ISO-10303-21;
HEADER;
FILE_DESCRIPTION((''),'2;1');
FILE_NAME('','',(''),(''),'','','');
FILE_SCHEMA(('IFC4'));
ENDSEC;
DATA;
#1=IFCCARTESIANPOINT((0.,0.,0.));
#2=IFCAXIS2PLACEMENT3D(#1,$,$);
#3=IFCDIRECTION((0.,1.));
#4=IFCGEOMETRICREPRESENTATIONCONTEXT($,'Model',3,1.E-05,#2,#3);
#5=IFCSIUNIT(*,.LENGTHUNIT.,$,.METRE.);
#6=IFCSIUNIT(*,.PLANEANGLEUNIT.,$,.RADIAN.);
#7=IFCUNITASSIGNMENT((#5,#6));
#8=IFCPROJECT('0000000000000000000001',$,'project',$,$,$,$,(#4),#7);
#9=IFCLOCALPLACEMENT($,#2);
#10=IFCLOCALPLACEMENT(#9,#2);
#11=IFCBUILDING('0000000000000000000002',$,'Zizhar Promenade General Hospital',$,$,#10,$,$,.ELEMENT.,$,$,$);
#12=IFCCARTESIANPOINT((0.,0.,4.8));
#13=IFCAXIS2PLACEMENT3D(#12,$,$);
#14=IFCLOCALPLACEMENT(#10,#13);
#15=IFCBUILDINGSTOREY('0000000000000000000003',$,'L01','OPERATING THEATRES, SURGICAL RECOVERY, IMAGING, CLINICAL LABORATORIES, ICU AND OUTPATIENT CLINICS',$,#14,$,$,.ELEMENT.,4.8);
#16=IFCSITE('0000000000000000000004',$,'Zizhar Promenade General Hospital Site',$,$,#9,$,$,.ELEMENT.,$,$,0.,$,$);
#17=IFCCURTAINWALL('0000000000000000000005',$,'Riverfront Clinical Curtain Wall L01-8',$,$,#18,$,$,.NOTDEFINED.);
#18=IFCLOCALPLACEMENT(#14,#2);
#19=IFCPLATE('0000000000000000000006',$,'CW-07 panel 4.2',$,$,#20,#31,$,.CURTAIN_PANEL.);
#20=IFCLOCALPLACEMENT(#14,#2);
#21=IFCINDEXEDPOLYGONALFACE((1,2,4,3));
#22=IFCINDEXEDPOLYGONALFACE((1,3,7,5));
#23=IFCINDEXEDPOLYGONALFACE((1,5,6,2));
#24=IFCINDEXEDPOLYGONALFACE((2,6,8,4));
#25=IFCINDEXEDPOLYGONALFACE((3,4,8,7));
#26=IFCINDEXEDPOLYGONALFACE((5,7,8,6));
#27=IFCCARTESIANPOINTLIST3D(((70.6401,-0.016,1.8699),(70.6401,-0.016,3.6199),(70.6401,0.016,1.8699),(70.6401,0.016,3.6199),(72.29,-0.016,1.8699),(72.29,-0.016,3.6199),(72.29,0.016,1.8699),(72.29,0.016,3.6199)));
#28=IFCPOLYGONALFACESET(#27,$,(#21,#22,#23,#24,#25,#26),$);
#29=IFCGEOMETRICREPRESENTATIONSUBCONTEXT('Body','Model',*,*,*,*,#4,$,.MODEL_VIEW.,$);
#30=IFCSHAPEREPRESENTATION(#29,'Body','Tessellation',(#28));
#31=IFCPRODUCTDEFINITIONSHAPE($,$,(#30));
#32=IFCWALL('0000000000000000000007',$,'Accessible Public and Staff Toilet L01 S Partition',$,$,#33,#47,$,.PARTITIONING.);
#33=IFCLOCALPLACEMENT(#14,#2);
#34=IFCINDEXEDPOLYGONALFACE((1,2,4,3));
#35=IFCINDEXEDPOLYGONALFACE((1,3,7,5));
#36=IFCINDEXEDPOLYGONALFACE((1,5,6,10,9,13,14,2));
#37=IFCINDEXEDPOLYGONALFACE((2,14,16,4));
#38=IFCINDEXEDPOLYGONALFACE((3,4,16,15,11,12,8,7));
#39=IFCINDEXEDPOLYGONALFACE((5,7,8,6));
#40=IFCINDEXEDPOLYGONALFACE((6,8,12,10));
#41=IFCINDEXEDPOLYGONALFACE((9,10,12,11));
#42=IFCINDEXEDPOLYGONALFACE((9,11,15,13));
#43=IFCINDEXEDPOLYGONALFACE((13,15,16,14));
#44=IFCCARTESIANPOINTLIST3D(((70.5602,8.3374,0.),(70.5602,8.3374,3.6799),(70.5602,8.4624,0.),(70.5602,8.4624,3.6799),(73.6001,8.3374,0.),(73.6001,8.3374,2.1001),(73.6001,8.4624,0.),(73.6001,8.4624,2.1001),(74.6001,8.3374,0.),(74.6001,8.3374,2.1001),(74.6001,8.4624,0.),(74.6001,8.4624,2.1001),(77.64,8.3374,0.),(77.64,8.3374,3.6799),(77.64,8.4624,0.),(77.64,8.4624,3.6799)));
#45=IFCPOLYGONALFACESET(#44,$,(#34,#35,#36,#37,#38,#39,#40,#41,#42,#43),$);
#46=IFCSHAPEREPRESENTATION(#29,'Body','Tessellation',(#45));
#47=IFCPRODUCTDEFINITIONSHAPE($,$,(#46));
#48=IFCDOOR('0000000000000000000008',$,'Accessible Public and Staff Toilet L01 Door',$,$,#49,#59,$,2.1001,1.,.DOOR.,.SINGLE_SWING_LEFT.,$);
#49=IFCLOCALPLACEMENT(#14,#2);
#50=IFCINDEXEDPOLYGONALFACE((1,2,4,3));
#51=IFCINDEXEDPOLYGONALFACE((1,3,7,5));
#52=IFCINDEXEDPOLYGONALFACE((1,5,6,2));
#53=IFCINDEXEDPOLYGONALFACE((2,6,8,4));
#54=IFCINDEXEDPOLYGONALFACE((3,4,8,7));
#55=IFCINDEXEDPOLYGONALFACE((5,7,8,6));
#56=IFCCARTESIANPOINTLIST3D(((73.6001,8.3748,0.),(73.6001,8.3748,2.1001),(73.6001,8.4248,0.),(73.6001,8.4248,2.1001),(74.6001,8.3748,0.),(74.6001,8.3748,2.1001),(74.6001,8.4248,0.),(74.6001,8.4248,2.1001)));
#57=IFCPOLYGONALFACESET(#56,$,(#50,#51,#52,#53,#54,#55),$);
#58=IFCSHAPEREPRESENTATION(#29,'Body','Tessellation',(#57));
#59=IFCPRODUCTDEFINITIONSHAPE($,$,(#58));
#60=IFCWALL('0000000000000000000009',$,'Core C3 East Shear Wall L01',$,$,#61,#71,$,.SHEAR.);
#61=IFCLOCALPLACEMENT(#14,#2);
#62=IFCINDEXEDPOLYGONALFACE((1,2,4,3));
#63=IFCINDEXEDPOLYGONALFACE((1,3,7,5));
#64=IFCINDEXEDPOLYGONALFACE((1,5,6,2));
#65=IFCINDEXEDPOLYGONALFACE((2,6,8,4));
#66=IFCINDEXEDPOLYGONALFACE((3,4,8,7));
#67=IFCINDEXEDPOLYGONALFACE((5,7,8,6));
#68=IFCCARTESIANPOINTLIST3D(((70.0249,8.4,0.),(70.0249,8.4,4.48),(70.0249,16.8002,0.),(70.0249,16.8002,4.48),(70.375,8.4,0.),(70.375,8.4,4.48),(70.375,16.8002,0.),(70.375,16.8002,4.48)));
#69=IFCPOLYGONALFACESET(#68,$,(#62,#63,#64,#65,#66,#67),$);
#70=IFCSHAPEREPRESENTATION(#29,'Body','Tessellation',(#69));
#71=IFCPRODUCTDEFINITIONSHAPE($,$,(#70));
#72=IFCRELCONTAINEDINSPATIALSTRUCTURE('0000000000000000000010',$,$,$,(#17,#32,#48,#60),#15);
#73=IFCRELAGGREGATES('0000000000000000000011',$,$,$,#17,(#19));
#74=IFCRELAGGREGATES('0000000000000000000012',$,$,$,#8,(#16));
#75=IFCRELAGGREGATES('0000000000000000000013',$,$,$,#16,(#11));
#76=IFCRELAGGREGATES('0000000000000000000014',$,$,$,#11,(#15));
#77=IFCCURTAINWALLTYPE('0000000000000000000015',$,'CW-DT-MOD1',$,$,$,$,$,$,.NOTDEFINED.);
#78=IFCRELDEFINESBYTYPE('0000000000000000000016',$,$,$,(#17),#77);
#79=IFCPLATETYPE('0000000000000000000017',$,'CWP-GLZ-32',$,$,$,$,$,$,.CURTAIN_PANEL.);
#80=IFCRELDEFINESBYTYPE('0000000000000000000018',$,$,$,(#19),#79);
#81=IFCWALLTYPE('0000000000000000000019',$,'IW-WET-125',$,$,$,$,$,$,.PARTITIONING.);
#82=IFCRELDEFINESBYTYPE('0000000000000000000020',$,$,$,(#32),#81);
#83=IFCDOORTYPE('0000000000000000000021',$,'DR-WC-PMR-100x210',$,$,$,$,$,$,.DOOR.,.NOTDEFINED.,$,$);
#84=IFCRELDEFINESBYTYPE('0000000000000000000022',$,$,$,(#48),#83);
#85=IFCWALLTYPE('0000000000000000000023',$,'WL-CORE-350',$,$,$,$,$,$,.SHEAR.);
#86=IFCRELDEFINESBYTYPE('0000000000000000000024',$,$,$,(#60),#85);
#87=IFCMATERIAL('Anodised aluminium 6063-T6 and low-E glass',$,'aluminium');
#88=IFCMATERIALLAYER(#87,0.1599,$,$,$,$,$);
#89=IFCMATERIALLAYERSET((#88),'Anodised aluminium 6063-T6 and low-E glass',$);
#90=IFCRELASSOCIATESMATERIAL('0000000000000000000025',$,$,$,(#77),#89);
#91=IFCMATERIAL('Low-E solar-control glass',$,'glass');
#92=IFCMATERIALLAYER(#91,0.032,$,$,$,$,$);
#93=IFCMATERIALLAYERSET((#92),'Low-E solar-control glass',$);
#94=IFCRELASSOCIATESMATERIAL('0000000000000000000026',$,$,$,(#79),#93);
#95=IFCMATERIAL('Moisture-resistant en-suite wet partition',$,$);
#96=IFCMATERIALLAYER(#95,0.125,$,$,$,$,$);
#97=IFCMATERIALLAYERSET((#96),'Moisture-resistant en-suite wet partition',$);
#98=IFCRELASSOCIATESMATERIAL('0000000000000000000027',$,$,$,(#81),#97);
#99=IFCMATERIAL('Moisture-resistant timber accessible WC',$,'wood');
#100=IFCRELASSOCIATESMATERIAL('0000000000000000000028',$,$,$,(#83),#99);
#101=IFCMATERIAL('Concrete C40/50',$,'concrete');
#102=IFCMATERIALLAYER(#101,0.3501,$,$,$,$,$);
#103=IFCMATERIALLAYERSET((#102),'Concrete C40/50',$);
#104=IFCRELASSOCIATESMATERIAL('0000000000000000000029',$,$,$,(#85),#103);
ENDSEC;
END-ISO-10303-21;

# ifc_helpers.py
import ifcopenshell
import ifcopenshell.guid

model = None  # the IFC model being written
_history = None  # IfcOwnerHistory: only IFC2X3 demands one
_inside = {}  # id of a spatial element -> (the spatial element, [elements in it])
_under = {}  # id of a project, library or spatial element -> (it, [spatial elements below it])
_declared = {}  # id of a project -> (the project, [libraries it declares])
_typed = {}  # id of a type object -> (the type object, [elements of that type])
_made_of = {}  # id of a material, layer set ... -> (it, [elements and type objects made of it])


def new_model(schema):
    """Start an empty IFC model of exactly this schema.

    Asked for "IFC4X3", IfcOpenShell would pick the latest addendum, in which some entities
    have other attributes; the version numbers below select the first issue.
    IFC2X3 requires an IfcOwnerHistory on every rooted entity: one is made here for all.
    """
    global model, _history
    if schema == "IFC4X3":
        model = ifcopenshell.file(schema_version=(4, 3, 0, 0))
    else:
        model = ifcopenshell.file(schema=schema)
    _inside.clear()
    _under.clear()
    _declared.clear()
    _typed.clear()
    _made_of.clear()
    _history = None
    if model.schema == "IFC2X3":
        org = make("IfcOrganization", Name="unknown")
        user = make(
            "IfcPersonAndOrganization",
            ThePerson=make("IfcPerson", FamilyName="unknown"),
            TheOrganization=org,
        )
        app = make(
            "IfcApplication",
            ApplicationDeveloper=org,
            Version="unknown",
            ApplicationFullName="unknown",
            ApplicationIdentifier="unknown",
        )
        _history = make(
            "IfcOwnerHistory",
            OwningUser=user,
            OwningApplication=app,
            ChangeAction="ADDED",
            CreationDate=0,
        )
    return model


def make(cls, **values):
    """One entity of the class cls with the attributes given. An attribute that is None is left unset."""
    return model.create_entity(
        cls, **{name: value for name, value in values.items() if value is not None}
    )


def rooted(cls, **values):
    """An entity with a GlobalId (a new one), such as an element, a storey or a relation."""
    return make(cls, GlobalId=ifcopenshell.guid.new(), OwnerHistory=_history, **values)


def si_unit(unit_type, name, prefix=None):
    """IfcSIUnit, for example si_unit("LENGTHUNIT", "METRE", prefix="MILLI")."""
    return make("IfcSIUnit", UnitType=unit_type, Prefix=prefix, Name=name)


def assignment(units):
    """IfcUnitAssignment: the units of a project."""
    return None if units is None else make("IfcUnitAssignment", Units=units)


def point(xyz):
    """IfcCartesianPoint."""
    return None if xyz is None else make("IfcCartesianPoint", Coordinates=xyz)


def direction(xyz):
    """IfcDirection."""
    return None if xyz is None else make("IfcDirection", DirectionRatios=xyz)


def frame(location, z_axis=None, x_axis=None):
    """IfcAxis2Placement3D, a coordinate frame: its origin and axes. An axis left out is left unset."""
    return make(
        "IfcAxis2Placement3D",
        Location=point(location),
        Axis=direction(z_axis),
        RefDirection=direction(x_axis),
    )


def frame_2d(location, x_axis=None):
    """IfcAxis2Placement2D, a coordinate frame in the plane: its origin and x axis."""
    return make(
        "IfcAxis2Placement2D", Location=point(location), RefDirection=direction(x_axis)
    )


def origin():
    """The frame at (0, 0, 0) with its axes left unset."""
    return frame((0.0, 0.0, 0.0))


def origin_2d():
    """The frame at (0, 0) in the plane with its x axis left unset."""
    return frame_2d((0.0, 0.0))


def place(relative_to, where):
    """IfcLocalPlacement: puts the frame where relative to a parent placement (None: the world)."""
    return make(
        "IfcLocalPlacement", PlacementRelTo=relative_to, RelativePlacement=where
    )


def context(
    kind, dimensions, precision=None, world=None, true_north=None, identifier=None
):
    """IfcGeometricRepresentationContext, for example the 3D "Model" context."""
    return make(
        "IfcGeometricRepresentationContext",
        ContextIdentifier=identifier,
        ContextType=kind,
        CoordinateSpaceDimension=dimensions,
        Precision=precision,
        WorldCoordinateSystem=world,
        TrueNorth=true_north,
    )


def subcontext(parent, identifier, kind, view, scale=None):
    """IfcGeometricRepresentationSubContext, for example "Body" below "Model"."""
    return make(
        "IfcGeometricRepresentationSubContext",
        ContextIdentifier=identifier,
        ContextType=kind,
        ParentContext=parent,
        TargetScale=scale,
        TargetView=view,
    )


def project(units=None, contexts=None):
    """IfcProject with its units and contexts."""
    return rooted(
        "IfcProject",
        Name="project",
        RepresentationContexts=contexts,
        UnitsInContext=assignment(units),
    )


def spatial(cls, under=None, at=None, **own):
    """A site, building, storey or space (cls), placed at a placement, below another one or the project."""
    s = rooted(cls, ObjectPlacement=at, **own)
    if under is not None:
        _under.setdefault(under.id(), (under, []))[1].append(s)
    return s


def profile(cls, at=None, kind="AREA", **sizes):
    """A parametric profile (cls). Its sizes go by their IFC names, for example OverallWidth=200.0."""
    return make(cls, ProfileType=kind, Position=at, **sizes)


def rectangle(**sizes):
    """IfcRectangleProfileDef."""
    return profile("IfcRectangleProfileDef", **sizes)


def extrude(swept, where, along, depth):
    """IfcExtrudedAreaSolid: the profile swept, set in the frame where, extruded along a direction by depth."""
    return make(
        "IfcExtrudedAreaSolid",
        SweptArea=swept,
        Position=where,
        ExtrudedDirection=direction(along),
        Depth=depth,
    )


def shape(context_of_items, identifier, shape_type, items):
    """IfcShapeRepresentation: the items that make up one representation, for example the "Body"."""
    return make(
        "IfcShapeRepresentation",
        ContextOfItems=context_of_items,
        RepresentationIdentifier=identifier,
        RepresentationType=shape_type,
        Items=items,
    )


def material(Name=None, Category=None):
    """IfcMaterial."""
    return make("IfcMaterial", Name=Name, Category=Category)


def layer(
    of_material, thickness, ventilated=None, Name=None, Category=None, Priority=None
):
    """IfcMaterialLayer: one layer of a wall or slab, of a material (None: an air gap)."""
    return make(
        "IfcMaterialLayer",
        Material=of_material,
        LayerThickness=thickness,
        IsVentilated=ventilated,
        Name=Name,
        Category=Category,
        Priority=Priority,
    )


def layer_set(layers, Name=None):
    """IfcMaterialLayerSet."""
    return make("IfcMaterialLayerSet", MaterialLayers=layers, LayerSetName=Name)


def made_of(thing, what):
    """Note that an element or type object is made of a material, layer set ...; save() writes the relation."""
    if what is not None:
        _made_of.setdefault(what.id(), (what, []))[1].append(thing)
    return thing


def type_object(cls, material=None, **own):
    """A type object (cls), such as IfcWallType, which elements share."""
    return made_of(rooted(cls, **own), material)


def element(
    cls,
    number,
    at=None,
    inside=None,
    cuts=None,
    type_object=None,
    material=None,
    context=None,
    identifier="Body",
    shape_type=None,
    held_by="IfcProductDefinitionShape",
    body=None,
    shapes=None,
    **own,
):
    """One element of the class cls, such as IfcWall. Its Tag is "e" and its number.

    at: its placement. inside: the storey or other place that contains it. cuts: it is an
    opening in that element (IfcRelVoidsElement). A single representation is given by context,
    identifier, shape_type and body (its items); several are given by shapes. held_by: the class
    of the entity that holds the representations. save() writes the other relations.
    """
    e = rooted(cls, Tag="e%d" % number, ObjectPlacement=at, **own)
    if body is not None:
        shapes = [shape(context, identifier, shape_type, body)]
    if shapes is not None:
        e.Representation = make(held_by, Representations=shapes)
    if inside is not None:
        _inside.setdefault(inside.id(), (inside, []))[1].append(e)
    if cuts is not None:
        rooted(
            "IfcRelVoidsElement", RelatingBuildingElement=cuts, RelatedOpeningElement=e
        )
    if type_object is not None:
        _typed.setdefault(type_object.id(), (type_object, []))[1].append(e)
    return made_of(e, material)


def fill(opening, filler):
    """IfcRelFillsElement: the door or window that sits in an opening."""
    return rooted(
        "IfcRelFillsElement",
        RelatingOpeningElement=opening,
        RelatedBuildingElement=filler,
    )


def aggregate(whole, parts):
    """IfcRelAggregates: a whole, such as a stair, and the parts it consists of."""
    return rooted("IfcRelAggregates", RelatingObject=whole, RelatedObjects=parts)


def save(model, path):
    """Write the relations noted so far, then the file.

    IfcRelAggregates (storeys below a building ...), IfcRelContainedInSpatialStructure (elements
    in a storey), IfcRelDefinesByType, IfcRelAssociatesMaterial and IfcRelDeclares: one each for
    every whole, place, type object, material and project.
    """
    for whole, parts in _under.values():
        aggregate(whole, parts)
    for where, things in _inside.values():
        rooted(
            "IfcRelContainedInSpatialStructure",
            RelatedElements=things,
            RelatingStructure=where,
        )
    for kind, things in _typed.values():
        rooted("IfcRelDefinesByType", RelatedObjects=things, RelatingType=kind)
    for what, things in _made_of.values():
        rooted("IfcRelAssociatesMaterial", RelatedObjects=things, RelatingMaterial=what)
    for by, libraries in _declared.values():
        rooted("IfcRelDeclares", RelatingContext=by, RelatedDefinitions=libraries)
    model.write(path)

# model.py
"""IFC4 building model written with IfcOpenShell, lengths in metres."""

from ifc_helpers import new_model, si_unit, direction, frame, frame_2d, origin, origin_2d, place, context, subcontext, project, spatial, rectangle, extrude, material, layer, layer_set, type_object, element, fill, aggregate, save


model = new_model("IFC4")

# Units and contexts
model_context = context("Model", 3, precision=1e-05, world=origin(), true_north=direction((0.0, 1.0)))
body_context = subcontext(model_context, "Body", "Model", "MODEL_VIEW")
ifc_project = project(units=[si_unit("LENGTHUNIT", "METRE"), si_unit("PLANEANGLEUNIT", "RADIAN")], contexts=[model_context])

# Site, building, storey
site_placement = place(None, origin())
site = spatial("IfcSite", under=ifc_project, at=site_placement, Name="Zizhar Promenade General Hospital Site", CompositionType="ELEMENT", RefElevation=0.0)
building_placement = place(site_placement, origin())
building = spatial("IfcBuilding", under=site, at=building_placement, Name="Zizhar Promenade General Hospital", CompositionType="ELEMENT")
storey_placement = place(building_placement, frame((0.0, 0.0, 4.8)))
storey = spatial("IfcBuildingStorey", under=building, at=storey_placement, Name="L01", Description="OPERATING THEATRES, SURGICAL RECOVERY, IMAGING, CLINICAL LABORATORIES, ICU AND OUTPATIENT CLINICS", CompositionType="ELEMENT", Elevation=4.8)

# Curtain wall, plate
ifc_material_1 = material(Name="Anodised aluminium 6063-T6 and low-E glass", Category="aluminium")
ifc_layer_1 = layer(ifc_material_1, 0.1599)
ifc_layer_set_1 = layer_set([ifc_layer_1], Name="Anodised aluminium 6063-T6 and low-E glass")
curtain_wall_type = type_object("IfcCurtainWallType", Name="CW-DT-MOD1", PredefinedType="NOTDEFINED", material=ifc_layer_set_1)
curtain_wall_placement = place(storey_placement, origin())
curtain_wall = element("IfcCurtainWall", 1, at=curtain_wall_placement, inside=storey, type_object=curtain_wall_type, Name="Riverfront Clinical Curtain Wall L01-8", PredefinedType="NOTDEFINED")
ifc_material_2 = material(Name="Low-E solar-control glass", Category="glass")
ifc_layer_2 = layer(ifc_material_2, 0.032)
ifc_layer_set_2 = layer_set([ifc_layer_2], Name="Low-E solar-control glass")
plate_type = type_object("IfcPlateType", Name="CWP-GLZ-32", PredefinedType="CURTAIN_PANEL", material=ifc_layer_set_2)
plate_1_placement = place(storey_placement, frame((71.4651, 0.0, 1.8699), z_axis=(0.0, 0.0, 1.0), x_axis=(-1.0, 0.0, 0.0)))
plate_1 = element("IfcPlate", 2, at=plate_1_placement, type_object=plate_type, Name="CW-07 panel 4.2", PredefinedType="CURTAIN_PANEL", context=body_context, shape_type="SweptSolid", body=[
    extrude(rectangle(XDim=1.6499, YDim=0.032, at=origin_2d()), origin(), (0.0, 0.0, 1.0), 1.75),
])
aggregate(curtain_wall, [plate_1])

# Wall, opening, door
ifc_material_3 = material(Name="Moisture-resistant en-suite wet partition")
ifc_layer_3 = layer(ifc_material_3, 0.125)
ifc_layer_set_3 = layer_set([ifc_layer_3], Name="Moisture-resistant en-suite wet partition")
wall_type_1 = type_object("IfcWallType", Name="IW-WET-125", PredefinedType="PARTITIONING", material=ifc_layer_set_3)
wall_1_placement = place(storey_placement, frame((70.5601, 8.3999, 0.0), z_axis=(0.0, 0.0, 1.0), x_axis=(1.0, 0.0, 0.0)))
wall_1 = element("IfcWall", 3, at=wall_1_placement, inside=storey, type_object=wall_type_1, Name="Accessible Public and Staff Toilet L01 S Partition", PredefinedType="PARTITIONING", context=body_context, shape_type="SweptSolid", body=[
    extrude(rectangle(XDim=7.0798, YDim=0.125, at=frame_2d((3.54, 0.0))), origin(), (0.0, 0.0, 1.0), 3.6799),
])
opening_placement = place(wall_1_placement, frame((3.04, 0.0, 0.0)))
opening = element("IfcOpeningElement", 4, at=opening_placement, cuts=wall_1, PredefinedType="OPENING", context=body_context, shape_type="SweptSolid", body=[
    extrude(rectangle(XDim=1.0, YDim=2.1001, at=frame_2d((0.5, 1.05))), frame((0.0, 0.0725, 0.0), z_axis=(0.0, -1.0, 0.0), x_axis=(1.0, 0.0, 0.0)), (0.0, 0.0, 1.0), 0.145),
])
ifc_material_4 = material(Name="Moisture-resistant timber accessible WC", Category="wood")
door_type = type_object("IfcDoorType", Name="DR-WC-PMR-100x210", OperationType="NOTDEFINED", PredefinedType="DOOR", material=ifc_material_4)
door_placement = place(opening_placement, origin())
door = element("IfcDoor", 5, at=door_placement, inside=storey, type_object=door_type, Name="Accessible Public and Staff Toilet L01 Door", OperationType="SINGLE_SWING_LEFT", OverallHeight=2.1001, OverallWidth=1.0, PredefinedType="DOOR", context=body_context, shape_type="SweptSolid", body=[
    extrude(rectangle(XDim=1.0, YDim=2.1001, at=frame_2d((0.5, 1.05))), frame((0.0, 0.0249, 0.0), z_axis=(0.0, -1.0, 0.0), x_axis=(1.0, 0.0, 0.0)), (0.0, 0.0, 1.0), 0.05),
])
fill(opening, door)

# Wall
ifc_material_5 = material(Name="Concrete C40/50", Category="concrete")
ifc_layer_4 = layer(ifc_material_5, 0.3501)
ifc_layer_set_4 = layer_set([ifc_layer_4], Name="Concrete C40/50")
wall_type_2 = type_object("IfcWallType", Name="WL-CORE-350", PredefinedType="SHEAR", material=ifc_layer_set_4)
wall_2_placement = place(storey_placement, frame((70.2, 8.3999, 0.0), z_axis=(0.0, 0.0, 1.0), x_axis=(0.0, 1.0, 0.0)))
element("IfcWall", 6, at=wall_2_placement, inside=storey, type_object=wall_type_2, Name="Core C3 East Shear Wall L01", PredefinedType="SHEAR", context=body_context, shape_type="SweptSolid", body=[
    extrude(rectangle(XDim=8.4001, YDim=0.3501, at=frame_2d((4.2002, 0.0))), origin(), (0.0, 0.0, 1.0), 4.48),
])

save(model, "model.ifc")
